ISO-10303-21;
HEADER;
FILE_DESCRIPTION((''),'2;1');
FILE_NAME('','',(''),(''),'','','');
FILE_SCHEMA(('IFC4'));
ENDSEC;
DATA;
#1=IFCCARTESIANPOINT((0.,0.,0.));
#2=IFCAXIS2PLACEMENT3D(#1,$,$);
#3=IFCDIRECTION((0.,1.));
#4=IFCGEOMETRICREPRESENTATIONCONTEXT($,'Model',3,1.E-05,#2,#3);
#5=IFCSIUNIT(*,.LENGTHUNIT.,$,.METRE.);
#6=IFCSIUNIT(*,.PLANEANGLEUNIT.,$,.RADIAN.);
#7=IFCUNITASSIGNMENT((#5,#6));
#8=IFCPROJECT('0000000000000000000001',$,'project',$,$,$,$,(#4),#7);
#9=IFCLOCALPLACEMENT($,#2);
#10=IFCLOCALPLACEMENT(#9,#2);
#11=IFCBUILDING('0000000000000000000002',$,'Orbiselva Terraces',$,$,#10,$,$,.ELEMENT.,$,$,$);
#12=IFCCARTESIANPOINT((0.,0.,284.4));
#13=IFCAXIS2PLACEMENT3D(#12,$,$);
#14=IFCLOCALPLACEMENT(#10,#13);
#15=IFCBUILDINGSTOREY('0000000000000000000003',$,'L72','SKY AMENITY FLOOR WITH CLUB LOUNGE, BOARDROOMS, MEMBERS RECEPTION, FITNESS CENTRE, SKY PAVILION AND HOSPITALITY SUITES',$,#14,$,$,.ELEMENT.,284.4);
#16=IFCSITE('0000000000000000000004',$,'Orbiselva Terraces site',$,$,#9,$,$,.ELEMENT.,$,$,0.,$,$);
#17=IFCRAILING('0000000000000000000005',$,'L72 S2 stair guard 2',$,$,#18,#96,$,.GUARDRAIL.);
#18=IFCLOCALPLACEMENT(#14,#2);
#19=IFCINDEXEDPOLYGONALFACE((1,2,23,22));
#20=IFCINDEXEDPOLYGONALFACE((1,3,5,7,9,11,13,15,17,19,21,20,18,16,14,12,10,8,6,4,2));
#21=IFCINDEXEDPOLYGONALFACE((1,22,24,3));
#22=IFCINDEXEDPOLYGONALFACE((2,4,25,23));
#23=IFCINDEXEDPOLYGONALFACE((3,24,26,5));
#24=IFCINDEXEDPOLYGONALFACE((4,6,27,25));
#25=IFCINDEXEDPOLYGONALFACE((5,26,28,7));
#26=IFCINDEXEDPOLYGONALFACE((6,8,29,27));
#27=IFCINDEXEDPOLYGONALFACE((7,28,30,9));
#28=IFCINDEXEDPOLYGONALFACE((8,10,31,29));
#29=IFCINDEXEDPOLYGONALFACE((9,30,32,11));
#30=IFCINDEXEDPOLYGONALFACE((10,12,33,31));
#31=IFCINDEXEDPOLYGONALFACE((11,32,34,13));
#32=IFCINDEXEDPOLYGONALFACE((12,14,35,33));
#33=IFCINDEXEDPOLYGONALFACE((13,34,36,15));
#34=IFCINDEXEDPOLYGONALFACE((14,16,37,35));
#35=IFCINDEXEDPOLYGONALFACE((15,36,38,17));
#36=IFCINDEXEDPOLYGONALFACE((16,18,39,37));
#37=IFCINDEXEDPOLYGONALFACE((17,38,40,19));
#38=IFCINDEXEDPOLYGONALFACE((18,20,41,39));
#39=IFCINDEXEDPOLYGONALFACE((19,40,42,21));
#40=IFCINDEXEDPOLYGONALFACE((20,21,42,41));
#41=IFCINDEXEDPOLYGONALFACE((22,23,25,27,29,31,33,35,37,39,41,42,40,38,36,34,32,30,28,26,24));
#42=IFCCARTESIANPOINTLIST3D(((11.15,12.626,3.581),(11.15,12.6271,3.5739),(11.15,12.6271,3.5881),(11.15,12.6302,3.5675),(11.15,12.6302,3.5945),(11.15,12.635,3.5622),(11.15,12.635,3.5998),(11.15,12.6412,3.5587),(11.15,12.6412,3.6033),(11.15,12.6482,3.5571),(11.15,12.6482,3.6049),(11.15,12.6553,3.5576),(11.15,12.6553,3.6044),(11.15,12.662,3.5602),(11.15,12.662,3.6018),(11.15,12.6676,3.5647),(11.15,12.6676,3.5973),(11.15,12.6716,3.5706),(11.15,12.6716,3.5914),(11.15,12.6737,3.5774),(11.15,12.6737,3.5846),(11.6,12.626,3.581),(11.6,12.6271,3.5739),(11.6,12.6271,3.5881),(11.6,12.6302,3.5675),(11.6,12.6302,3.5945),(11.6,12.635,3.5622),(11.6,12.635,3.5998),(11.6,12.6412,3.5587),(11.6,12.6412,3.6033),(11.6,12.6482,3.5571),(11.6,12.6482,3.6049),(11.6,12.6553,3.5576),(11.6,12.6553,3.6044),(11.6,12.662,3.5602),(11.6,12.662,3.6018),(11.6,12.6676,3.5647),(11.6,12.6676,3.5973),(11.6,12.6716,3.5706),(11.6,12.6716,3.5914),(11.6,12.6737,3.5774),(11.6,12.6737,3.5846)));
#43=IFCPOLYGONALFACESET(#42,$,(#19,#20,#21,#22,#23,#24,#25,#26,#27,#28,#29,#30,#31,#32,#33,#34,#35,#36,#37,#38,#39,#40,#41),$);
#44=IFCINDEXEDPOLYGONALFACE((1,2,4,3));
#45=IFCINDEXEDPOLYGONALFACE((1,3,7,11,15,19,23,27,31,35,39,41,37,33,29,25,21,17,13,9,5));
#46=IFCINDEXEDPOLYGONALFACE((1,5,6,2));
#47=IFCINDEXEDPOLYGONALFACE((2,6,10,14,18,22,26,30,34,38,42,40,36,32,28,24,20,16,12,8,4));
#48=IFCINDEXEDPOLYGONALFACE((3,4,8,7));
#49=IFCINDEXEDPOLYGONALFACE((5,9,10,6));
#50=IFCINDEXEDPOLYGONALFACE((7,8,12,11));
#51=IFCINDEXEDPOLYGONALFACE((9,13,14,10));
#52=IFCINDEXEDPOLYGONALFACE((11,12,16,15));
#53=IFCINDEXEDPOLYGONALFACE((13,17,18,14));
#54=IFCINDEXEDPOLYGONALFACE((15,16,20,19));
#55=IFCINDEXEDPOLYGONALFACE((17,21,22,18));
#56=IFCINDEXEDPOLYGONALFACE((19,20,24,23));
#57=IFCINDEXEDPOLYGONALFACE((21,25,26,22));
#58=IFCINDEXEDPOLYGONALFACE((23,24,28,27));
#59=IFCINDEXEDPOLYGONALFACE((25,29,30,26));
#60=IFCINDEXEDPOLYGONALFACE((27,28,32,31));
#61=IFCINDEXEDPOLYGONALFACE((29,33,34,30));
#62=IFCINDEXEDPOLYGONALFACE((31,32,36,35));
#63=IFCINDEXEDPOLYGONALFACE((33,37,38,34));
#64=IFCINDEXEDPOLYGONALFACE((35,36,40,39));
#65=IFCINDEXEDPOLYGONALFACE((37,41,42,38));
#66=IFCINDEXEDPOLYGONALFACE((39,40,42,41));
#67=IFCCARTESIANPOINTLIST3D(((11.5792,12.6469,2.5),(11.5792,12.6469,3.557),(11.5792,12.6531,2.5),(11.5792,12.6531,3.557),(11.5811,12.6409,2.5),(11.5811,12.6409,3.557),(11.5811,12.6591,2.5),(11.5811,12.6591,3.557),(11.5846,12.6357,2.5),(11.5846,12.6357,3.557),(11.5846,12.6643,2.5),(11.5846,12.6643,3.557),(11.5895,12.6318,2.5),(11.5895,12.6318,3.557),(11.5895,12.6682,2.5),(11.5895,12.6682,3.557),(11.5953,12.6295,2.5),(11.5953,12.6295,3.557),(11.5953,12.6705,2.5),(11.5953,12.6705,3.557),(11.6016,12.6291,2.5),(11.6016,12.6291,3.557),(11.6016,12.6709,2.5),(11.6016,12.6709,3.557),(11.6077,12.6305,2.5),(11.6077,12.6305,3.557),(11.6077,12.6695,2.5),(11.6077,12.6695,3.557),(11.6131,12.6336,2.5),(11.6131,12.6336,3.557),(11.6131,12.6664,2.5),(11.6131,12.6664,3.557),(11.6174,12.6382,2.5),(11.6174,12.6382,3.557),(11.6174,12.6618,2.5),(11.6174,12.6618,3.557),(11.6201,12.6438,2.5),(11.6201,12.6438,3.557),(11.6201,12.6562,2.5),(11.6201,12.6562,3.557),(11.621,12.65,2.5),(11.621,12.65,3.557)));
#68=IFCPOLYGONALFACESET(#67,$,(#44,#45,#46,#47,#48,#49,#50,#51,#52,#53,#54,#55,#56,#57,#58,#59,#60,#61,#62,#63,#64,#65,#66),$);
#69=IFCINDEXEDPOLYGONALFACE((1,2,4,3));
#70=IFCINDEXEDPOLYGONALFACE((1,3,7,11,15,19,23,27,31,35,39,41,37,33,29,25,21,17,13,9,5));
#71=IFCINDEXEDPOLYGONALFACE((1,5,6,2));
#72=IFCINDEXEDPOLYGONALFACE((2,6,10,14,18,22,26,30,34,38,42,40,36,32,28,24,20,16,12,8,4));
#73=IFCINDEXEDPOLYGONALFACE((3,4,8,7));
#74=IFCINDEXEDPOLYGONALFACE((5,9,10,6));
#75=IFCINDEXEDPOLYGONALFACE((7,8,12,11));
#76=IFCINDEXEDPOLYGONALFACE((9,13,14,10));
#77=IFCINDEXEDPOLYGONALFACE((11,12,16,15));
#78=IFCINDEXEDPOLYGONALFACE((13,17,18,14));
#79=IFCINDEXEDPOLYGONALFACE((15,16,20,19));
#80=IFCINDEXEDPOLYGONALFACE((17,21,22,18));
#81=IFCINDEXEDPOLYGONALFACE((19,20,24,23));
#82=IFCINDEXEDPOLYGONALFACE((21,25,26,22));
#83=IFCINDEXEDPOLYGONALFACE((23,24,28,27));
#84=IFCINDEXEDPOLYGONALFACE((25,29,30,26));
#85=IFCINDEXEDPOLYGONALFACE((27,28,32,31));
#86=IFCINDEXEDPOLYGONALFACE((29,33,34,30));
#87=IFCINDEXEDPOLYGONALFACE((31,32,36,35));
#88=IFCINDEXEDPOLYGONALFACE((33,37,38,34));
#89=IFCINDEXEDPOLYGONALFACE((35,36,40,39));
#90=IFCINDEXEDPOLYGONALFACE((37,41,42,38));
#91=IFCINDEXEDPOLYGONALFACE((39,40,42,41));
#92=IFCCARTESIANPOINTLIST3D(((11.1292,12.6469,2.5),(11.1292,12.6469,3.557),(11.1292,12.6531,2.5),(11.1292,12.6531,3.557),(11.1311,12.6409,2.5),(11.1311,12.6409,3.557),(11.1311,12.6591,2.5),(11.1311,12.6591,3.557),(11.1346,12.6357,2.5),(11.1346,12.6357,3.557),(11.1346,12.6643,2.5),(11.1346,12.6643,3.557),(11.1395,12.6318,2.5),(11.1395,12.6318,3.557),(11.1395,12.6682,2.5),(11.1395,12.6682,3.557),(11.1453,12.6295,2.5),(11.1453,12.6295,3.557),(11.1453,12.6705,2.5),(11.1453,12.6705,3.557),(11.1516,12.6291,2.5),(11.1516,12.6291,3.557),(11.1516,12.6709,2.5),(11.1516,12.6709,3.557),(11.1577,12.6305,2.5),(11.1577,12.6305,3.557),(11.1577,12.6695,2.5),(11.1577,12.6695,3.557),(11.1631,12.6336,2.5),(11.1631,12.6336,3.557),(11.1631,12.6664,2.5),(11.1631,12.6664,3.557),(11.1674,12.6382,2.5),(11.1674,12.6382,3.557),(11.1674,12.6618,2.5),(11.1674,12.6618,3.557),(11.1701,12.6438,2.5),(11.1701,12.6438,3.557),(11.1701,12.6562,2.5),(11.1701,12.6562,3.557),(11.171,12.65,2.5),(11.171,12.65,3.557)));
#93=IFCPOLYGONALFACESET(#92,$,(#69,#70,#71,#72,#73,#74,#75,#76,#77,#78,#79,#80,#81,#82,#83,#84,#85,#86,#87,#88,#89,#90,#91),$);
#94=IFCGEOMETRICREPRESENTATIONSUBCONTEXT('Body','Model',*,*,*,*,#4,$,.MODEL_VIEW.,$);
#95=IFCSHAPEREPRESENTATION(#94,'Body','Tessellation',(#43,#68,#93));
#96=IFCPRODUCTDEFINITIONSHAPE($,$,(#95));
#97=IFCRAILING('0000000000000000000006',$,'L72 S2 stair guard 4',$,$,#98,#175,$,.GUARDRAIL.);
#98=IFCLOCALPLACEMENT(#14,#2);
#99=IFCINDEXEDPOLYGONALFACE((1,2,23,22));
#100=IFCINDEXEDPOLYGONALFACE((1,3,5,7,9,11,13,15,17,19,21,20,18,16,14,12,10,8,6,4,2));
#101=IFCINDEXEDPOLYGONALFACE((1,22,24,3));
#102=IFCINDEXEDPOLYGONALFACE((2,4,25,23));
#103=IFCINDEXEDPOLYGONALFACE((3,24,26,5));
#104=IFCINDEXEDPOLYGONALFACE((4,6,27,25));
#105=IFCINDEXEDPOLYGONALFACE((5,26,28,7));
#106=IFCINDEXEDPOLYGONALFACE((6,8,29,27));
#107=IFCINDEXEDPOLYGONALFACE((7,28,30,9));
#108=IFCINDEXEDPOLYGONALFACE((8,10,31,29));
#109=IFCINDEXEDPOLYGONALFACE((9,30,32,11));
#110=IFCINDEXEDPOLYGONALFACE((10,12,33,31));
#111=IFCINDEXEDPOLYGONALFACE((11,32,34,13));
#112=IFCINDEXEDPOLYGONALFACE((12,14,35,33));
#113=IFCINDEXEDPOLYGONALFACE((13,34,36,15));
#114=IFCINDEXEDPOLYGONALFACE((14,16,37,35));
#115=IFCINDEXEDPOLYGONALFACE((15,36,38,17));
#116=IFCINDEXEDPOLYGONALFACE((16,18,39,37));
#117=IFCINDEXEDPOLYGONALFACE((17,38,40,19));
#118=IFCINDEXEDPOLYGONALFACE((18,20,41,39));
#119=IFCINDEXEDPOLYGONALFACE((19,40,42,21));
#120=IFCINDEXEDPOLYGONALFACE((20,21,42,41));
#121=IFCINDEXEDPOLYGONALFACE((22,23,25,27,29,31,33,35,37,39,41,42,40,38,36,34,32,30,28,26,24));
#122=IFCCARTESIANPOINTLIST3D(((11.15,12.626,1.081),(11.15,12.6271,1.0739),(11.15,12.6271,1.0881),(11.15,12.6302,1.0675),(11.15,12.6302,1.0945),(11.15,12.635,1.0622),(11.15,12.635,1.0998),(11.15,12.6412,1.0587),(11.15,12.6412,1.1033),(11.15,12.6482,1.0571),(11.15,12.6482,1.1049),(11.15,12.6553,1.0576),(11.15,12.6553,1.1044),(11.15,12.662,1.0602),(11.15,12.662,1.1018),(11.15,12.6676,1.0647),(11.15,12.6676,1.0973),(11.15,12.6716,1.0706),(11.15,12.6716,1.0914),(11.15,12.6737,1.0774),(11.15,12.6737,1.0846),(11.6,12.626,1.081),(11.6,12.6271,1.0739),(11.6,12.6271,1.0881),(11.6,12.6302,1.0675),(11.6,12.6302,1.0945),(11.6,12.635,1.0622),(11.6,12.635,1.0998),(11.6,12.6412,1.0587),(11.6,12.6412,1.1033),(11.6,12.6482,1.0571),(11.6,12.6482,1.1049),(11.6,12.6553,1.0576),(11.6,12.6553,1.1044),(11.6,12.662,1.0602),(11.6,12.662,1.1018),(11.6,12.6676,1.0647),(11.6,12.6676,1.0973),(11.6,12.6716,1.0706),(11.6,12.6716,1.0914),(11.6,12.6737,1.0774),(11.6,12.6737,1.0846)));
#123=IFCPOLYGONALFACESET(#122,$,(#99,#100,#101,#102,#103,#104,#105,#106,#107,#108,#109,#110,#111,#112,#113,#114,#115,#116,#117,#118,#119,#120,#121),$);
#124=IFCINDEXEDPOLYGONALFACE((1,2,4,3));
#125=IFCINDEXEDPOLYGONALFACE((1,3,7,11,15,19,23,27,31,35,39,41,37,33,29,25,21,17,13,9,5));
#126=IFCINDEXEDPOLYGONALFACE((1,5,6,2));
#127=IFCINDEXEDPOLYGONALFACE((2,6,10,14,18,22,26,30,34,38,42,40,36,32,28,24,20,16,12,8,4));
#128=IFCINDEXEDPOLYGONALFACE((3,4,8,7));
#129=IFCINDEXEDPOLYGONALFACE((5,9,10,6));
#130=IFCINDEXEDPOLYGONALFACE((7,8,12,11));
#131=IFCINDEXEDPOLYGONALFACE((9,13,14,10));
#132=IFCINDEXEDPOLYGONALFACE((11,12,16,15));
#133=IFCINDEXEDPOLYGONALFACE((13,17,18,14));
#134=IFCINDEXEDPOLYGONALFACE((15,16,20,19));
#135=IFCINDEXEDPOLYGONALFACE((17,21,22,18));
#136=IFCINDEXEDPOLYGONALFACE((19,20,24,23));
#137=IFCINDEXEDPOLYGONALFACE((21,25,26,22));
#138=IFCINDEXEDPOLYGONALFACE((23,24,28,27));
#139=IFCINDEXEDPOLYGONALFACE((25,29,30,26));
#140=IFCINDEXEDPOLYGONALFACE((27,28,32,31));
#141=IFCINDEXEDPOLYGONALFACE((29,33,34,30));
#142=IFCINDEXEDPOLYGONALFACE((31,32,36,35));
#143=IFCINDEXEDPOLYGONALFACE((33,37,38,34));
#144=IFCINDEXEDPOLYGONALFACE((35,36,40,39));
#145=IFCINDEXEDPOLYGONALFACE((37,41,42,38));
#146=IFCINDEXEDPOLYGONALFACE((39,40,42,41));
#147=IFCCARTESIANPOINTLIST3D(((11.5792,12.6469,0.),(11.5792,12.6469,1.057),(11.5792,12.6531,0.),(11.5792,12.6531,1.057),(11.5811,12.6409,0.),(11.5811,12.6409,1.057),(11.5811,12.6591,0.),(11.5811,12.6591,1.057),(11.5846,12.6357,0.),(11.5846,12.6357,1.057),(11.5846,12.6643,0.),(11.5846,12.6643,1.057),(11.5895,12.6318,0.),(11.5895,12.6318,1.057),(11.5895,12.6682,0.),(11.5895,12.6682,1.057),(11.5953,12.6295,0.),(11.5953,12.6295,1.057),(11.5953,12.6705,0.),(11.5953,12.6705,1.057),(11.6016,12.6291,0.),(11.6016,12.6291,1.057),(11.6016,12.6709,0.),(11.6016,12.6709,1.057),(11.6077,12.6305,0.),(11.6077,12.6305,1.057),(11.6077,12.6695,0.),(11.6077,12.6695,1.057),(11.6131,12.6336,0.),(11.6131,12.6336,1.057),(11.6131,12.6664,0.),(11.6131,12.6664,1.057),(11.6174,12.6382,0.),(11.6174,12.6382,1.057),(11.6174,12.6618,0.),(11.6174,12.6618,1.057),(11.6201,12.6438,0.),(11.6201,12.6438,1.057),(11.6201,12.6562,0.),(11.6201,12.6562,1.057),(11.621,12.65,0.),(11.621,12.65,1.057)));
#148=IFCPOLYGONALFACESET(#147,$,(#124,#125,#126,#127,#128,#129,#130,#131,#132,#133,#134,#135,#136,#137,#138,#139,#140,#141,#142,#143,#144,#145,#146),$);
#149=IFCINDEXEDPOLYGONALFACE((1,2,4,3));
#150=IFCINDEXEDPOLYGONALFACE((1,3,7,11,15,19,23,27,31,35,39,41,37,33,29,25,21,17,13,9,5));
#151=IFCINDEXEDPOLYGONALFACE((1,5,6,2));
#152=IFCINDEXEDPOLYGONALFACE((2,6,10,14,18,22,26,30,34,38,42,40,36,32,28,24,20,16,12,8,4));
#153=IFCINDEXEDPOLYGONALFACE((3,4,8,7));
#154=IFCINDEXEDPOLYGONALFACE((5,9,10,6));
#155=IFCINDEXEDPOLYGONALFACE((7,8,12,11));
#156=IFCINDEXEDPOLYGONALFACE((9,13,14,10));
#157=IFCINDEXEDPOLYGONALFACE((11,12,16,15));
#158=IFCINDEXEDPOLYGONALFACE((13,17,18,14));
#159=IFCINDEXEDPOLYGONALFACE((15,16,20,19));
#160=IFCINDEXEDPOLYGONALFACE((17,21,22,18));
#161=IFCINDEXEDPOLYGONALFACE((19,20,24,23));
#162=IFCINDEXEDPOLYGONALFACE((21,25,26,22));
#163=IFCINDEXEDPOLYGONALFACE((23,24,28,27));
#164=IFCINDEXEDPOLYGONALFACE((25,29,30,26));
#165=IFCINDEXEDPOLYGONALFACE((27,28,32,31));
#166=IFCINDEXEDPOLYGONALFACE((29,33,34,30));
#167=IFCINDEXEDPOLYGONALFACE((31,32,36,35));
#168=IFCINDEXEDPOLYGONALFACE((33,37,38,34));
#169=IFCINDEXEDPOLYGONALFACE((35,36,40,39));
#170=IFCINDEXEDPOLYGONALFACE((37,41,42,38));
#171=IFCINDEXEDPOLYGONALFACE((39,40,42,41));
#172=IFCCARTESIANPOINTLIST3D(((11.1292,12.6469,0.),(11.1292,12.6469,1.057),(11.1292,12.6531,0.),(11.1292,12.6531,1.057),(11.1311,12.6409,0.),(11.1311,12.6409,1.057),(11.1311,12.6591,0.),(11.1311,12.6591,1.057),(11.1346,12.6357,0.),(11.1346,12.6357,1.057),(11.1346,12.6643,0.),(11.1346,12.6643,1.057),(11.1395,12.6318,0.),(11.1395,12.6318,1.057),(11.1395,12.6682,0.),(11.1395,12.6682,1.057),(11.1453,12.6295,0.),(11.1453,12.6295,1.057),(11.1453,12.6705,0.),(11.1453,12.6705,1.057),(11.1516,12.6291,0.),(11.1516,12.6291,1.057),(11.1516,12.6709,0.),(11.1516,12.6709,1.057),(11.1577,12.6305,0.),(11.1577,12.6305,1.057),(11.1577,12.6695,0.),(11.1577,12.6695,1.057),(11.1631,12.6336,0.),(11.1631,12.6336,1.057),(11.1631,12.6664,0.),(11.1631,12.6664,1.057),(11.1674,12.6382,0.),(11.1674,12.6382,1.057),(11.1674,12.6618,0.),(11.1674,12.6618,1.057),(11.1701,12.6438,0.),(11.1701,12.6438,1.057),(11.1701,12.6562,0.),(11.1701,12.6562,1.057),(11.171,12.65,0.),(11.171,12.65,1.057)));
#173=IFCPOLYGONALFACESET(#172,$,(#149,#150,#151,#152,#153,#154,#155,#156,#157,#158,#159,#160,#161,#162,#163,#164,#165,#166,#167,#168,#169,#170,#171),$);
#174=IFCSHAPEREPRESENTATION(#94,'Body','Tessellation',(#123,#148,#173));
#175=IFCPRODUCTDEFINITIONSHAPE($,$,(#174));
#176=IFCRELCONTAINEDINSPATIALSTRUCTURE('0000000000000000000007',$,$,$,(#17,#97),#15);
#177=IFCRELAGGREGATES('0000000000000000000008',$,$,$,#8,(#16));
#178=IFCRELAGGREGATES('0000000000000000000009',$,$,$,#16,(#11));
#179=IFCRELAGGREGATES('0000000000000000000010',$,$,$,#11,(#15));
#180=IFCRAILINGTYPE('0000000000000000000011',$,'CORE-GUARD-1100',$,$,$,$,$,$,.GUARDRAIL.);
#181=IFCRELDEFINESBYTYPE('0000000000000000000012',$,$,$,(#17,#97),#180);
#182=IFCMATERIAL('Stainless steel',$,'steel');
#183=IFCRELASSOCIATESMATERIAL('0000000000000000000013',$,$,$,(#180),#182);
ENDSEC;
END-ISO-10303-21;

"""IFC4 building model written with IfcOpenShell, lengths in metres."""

from ifc_helpers import new_model, si_unit, direction, frame, origin, origin_2d, place, context, subcontext, project, spatial, circle, extrude, material, type_object, element, save


model = new_model("IFC4")

# Units and contexts
model_context = context("Model", 3, precision=1e-05, world=origin(), true_north=direction((0.0, 1.0)))
body_context = subcontext(model_context, "Body", "Model", "MODEL_VIEW")
ifc_project = project(units=[si_unit("LENGTHUNIT", "METRE"), si_unit("PLANEANGLEUNIT", "RADIAN")], contexts=[model_context])

# Site, building, storey
site_placement = place(None, origin())
site = spatial("IfcSite", under=ifc_project, at=site_placement, Name="Orbiselva Terraces site", CompositionType="ELEMENT", RefElevation=0.0)
building_placement = place(site_placement, origin())
building = spatial("IfcBuilding", under=site, at=building_placement, Name="Orbiselva Terraces", CompositionType="ELEMENT")
storey_placement = place(building_placement, frame((0.0, 0.0, 284.4)))
storey = spatial("IfcBuildingStorey", under=building, at=storey_placement, Name="L72", Description="SKY AMENITY FLOOR WITH CLUB LOUNGE, BOARDROOMS, MEMBERS RECEPTION, FITNESS CENTRE, SKY PAVILION AND HOSPITALITY SUITES", CompositionType="ELEMENT", Elevation=284.4)

# Railings
ifc_material_1 = material(Name="Stainless steel", Category="steel")
railing_type_1 = type_object("IfcRailingType", Name="CORE-GUARD-1100", PredefinedType="GUARDRAIL", material=ifc_material_1)
railing_1_placement = place(storey_placement, frame((11.6, 12.65, 2.5)))
element("IfcRailing", 1, at=railing_1_placement, inside=storey, type_object=railing_type_1, Name="L72 S2 stair guard 2", PredefinedType="GUARDRAIL", context=body_context, shape_type="SweptSolid", body=[
    extrude(circle(Radius=0.024, at=origin_2d()), frame((0.0, 0.0, 1.081), z_axis=(-1.0, 0.0, 0.0), x_axis=(0.0, -1.0, 0.0)), (0.0, 0.0, 1.0), 0.45),
    extrude(circle(Radius=0.021, at=origin_2d()), origin(), (0.0, 0.0, 1.0), 1.057),
    extrude(circle(Radius=0.021, at=origin_2d()), frame((-0.45, 0.0, 0.0)), (0.0, 0.0, 1.0), 1.057),
])
railing_2_placement = place(storey_placement, frame((11.6, 12.65, 0.0)))
element("IfcRailing", 2, at=railing_2_placement, inside=storey, type_object=railing_type_1, Name="L72 S2 stair guard 4", PredefinedType="GUARDRAIL", context=body_context, shape_type="SweptSolid", body=[
    extrude(circle(Radius=0.024, at=origin_2d()), frame((0.0, 0.0, 1.081), z_axis=(-1.0, 0.0, 0.0), x_axis=(0.0, -1.0, 0.0)), (0.0, 0.0, 1.0), 0.45),
    extrude(circle(Radius=0.021, at=origin_2d()), origin(), (0.0, 0.0, 1.0), 1.057),
    extrude(circle(Radius=0.021, at=origin_2d()), frame((-0.45, 0.0, 0.0)), (0.0, 0.0, 1.0), 1.057),
])

save(model, "model.ifc")
